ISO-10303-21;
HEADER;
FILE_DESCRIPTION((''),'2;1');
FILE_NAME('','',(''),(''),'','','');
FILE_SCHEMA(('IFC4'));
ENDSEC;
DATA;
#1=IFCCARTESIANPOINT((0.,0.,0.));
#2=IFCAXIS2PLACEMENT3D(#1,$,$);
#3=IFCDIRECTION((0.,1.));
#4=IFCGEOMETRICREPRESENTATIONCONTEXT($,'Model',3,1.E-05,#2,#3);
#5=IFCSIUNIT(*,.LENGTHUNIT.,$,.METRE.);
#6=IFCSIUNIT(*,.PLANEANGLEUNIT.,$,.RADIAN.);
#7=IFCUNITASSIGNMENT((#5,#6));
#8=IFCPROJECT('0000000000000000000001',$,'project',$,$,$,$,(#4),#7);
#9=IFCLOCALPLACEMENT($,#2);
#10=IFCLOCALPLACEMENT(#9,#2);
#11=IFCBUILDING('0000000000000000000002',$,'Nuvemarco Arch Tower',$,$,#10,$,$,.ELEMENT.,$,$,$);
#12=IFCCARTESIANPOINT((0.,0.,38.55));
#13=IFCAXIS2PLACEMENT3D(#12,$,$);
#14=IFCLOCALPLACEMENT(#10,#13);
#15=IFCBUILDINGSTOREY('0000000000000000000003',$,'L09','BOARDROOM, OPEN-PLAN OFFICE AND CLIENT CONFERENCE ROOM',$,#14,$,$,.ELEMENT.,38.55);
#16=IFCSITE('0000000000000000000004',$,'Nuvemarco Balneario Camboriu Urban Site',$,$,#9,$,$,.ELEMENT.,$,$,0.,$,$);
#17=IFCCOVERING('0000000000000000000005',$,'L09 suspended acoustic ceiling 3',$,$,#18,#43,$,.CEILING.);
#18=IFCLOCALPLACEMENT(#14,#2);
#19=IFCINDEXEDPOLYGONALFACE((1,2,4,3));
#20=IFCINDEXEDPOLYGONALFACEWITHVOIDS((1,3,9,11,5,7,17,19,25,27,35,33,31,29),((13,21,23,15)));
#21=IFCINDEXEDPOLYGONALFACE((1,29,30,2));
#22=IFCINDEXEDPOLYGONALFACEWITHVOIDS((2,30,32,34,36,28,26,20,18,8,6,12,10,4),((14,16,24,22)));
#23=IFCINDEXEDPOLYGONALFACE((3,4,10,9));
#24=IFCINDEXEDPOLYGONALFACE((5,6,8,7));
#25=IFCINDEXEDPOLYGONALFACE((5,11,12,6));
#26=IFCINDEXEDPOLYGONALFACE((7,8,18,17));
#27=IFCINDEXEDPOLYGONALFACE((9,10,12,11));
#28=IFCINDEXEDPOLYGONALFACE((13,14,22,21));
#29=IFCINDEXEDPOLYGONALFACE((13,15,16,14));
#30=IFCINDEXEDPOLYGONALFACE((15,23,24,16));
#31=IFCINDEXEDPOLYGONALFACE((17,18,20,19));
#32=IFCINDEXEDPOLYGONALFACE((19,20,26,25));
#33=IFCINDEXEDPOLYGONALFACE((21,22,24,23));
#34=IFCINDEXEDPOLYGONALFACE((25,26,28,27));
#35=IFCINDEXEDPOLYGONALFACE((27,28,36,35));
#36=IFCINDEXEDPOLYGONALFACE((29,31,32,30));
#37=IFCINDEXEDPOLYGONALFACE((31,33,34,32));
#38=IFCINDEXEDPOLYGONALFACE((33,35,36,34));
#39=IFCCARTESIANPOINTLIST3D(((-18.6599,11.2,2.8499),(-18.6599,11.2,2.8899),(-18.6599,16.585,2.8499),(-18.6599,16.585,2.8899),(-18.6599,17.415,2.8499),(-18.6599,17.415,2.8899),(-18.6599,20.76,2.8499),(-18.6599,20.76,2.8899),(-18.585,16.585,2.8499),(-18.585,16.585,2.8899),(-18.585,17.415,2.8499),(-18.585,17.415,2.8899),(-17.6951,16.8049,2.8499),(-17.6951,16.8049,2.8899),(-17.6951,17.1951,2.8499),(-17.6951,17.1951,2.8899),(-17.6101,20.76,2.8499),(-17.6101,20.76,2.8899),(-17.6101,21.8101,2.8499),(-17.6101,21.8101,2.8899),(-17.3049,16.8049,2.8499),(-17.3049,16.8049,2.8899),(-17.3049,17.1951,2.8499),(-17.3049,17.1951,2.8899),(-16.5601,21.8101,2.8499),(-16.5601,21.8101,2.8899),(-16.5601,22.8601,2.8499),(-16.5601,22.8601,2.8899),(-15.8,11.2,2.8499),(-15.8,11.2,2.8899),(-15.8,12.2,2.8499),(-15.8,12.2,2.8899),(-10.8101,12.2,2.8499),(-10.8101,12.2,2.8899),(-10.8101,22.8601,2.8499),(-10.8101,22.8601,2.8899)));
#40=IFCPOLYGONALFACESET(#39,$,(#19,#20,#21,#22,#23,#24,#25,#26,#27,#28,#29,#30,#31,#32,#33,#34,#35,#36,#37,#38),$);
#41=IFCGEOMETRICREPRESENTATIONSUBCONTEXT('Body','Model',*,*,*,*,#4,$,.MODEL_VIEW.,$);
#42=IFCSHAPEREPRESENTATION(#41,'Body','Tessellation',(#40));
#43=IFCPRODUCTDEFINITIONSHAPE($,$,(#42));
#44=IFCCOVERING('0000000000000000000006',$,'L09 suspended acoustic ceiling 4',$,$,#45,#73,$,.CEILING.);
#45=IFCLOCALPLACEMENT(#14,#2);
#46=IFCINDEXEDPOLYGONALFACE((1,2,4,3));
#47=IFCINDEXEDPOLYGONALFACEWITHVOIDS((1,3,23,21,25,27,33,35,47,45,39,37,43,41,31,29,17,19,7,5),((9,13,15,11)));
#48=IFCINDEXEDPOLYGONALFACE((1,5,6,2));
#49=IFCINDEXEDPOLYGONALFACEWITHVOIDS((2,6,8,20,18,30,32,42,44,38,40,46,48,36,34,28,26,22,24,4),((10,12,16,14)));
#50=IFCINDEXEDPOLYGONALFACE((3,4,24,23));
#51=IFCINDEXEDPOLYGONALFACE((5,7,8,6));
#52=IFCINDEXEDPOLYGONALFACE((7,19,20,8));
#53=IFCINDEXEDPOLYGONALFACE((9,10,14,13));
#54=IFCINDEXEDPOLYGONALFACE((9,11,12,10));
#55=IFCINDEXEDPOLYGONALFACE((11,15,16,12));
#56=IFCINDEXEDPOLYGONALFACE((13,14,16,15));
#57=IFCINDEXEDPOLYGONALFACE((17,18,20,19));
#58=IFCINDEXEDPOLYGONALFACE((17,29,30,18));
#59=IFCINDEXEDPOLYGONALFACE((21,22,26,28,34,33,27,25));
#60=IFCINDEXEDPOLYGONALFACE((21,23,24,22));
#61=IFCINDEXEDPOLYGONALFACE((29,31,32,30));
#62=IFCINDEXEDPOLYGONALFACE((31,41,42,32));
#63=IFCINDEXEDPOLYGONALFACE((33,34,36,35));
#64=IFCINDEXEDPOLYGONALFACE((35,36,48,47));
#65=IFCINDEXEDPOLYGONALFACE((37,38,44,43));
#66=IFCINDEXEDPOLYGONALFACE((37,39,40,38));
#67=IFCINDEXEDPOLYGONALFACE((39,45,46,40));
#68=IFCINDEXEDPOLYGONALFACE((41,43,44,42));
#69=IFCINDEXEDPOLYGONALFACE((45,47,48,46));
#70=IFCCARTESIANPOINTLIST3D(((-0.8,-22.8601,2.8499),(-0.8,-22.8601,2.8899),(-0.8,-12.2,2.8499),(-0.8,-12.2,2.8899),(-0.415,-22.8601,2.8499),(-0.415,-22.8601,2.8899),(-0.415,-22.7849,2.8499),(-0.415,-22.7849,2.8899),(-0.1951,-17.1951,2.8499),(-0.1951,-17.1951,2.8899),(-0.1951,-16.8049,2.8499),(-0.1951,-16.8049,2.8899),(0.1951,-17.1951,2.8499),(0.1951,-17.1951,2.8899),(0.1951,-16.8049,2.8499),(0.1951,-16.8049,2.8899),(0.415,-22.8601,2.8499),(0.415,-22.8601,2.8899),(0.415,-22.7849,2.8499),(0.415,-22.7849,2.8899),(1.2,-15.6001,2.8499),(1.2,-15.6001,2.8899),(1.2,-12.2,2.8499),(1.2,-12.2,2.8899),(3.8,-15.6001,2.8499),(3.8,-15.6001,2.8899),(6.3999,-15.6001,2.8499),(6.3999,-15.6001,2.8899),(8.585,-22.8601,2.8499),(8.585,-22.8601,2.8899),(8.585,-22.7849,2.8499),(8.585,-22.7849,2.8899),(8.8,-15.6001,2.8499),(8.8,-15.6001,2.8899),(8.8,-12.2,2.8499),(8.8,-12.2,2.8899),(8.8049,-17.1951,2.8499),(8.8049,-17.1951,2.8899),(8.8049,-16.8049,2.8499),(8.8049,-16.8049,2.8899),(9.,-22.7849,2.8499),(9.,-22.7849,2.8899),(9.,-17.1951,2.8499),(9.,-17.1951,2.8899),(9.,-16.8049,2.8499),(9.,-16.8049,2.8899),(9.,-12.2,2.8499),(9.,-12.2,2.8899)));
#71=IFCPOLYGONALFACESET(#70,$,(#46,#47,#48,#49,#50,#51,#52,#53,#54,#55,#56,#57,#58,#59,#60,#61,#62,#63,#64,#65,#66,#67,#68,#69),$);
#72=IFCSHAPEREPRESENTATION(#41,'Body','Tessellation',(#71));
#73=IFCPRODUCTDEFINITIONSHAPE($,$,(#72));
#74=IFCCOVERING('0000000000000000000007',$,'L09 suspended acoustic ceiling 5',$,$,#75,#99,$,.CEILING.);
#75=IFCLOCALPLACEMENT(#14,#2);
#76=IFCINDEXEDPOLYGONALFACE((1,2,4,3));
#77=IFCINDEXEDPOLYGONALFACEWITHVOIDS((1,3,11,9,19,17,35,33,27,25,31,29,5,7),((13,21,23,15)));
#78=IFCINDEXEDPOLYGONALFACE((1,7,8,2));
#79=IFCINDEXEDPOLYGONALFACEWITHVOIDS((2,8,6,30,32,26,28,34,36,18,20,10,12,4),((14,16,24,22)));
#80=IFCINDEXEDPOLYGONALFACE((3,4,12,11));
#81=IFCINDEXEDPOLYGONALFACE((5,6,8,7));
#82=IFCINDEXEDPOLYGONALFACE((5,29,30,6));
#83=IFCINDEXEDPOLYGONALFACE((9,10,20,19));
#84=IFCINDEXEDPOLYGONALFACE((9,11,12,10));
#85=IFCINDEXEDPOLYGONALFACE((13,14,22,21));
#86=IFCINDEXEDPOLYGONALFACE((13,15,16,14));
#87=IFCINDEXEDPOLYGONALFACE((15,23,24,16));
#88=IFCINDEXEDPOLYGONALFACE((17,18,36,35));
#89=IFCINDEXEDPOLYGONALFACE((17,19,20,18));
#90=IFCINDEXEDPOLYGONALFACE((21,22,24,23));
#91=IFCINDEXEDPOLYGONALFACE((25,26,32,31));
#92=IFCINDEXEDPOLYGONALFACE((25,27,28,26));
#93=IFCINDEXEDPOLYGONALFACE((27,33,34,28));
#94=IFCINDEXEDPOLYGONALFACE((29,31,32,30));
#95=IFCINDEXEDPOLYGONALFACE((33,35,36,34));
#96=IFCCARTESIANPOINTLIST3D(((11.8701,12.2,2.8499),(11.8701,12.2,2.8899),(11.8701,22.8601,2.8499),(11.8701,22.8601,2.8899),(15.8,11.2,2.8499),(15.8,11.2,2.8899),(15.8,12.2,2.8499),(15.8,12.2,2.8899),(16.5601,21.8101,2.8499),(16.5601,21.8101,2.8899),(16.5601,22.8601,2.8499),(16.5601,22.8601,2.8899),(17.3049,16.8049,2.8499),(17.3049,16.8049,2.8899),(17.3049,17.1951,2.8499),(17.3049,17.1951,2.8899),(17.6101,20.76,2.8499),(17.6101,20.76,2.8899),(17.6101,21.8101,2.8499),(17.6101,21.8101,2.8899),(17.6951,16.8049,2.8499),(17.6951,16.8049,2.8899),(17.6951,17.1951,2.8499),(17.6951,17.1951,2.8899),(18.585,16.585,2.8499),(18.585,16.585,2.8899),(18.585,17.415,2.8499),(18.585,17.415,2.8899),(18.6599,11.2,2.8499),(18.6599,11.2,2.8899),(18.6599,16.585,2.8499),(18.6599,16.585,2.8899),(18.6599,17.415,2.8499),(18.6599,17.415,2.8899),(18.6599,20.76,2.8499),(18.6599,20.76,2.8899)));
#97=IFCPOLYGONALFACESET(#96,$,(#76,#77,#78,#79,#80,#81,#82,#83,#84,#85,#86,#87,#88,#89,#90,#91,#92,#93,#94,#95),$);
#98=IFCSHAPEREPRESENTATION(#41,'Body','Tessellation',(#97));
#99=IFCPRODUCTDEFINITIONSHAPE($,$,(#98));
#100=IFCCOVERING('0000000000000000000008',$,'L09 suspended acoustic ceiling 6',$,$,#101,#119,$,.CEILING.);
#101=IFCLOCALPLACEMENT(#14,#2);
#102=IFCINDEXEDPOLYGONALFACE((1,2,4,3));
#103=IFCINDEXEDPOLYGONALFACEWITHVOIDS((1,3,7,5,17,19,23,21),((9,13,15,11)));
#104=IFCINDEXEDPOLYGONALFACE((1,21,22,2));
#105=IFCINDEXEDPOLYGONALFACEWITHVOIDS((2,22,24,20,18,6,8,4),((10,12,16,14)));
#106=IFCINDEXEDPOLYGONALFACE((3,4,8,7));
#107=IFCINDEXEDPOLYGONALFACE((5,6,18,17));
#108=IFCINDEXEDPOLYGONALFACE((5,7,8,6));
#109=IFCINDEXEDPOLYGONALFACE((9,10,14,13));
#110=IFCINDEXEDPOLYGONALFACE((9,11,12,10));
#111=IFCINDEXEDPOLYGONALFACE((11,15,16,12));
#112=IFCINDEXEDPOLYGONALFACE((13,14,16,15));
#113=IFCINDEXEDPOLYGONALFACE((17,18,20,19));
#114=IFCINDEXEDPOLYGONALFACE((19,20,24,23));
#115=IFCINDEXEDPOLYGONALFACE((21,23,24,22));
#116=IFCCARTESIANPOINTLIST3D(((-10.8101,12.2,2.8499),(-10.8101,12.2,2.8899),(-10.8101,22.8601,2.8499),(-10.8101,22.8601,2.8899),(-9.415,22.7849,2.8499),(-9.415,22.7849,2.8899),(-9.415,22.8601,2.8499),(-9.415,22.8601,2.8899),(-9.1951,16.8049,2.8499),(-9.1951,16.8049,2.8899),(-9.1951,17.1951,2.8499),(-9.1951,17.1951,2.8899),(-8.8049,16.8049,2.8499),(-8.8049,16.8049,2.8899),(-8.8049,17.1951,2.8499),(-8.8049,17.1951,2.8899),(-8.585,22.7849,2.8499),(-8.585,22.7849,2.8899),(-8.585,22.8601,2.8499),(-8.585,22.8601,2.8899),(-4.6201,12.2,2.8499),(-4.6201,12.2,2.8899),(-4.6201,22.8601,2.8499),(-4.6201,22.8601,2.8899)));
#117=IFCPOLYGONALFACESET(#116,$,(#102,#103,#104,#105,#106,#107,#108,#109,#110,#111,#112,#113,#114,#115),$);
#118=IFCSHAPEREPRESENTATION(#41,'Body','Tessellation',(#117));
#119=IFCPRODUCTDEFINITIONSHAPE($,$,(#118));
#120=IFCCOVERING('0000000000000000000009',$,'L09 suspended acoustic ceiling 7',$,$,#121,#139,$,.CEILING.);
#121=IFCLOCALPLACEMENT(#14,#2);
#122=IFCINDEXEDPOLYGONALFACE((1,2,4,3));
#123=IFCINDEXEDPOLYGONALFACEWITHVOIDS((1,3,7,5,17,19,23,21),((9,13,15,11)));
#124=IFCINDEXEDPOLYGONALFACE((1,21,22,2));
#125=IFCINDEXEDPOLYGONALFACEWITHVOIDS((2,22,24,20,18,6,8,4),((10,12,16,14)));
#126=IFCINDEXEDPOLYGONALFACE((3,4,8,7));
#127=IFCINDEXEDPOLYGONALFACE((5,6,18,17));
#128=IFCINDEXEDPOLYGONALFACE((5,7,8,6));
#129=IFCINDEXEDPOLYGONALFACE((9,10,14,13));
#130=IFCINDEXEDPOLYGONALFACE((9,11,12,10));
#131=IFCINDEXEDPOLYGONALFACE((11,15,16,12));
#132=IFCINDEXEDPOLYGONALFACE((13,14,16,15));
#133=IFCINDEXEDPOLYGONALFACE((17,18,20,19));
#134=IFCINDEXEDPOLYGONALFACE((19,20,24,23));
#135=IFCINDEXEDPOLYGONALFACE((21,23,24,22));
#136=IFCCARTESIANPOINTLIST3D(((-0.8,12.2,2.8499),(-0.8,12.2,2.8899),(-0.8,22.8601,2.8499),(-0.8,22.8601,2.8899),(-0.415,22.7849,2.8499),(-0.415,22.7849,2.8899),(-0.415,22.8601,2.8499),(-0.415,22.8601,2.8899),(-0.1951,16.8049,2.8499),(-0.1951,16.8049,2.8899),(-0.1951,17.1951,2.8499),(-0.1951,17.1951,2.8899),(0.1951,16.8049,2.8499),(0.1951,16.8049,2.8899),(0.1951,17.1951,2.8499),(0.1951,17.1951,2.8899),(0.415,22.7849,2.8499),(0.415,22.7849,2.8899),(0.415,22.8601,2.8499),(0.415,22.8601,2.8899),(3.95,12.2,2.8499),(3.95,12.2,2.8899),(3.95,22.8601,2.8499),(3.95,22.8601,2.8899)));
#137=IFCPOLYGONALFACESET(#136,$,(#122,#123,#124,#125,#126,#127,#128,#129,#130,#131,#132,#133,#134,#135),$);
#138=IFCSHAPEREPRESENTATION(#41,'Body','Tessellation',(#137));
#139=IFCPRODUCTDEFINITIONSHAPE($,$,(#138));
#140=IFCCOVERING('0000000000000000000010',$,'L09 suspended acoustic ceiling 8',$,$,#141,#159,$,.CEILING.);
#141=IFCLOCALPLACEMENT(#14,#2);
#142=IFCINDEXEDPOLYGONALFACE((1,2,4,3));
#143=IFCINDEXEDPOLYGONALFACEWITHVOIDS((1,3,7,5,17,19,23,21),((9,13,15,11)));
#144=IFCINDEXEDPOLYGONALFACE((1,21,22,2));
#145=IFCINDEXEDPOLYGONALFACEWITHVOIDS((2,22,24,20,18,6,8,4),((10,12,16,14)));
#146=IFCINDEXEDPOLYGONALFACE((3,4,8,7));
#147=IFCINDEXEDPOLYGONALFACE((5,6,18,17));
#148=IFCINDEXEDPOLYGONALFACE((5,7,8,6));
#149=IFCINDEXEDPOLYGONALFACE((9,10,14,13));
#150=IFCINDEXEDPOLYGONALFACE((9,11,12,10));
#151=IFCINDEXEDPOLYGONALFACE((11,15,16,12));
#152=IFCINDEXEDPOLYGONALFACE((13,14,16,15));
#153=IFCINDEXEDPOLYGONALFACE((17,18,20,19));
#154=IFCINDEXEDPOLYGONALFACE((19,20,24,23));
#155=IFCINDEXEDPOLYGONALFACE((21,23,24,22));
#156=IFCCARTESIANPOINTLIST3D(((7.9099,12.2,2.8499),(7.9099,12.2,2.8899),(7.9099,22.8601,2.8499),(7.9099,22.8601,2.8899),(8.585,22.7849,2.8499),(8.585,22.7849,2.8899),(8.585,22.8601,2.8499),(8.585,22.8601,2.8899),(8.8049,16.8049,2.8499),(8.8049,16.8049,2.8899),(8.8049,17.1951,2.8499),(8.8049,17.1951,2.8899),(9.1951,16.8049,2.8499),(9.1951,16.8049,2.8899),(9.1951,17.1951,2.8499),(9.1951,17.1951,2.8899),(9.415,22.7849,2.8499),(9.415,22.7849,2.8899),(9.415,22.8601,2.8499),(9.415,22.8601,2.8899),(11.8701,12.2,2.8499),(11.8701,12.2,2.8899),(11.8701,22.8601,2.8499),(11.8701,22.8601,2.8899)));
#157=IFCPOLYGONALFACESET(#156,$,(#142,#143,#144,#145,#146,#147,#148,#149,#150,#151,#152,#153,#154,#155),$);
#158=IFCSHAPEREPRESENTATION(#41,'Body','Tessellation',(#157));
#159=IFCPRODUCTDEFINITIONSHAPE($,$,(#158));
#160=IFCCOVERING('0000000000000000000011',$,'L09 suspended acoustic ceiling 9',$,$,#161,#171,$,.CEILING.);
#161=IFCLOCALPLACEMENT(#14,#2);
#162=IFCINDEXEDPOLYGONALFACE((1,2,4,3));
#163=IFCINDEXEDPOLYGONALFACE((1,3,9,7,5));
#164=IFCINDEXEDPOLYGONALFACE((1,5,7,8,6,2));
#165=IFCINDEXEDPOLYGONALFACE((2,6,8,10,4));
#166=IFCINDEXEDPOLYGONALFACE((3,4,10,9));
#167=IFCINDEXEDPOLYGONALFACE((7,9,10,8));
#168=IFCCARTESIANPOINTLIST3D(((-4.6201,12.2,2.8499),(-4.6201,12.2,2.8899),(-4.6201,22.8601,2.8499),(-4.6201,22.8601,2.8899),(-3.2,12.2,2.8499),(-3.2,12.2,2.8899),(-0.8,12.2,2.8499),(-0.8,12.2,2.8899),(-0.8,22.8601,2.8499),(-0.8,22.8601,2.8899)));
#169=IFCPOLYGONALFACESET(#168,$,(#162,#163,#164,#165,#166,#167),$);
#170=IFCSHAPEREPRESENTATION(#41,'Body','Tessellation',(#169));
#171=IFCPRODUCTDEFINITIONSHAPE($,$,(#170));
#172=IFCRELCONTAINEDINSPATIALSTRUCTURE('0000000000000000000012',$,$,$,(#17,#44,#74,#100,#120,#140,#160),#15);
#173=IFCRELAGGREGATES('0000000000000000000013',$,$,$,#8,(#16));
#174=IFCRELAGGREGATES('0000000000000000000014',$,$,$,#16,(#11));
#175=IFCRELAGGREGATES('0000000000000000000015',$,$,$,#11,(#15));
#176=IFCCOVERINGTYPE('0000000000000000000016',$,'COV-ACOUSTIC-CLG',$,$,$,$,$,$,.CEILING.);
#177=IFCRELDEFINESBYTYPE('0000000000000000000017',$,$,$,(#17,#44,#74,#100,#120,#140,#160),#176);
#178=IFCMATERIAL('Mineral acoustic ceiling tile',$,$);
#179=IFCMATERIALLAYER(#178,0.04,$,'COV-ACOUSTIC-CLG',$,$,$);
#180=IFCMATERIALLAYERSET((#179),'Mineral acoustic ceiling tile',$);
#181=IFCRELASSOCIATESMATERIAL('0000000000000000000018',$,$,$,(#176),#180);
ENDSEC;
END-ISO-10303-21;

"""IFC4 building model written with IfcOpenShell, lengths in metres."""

from ifc_helpers import new_model, si_unit, direction, frame, origin, place, context, subcontext, project, spatial, polyline, outline, extrude, material, layer, layer_set, type_object, element, save


model = new_model("IFC4")

# Units and contexts
model_context = context("Model", 3, precision=1e-05, world=origin(), true_north=direction((0.0, 1.0)))
body_context = subcontext(model_context, "Body", "Model", "MODEL_VIEW")
ifc_project = project(units=[si_unit("LENGTHUNIT", "METRE"), si_unit("PLANEANGLEUNIT", "RADIAN")], contexts=[model_context])

# Site, building, storey
site_placement = place(None, origin())
site = spatial("IfcSite", under=ifc_project, at=site_placement, Name="Nuvemarco Balneario Camboriu Urban Site", CompositionType="ELEMENT", RefElevation=0.0)
building_placement = place(site_placement, origin())
building = spatial("IfcBuilding", under=site, at=building_placement, Name="Nuvemarco Arch Tower", CompositionType="ELEMENT")
storey_placement = place(building_placement, frame((0.0, 0.0, 38.55)))
storey = spatial("IfcBuildingStorey", under=building, at=storey_placement, Name="L09", Description="BOARDROOM, OPEN-PLAN OFFICE AND CLIENT CONFERENCE ROOM", CompositionType="ELEMENT", Elevation=38.55)

# Coverings
ifc_material_1 = material(Name="Mineral acoustic ceiling tile")
ifc_layer_1 = layer(ifc_material_1, 0.04, Name="COV-ACOUSTIC-CLG")
ifc_layer_set_1 = layer_set([ifc_layer_1], Name="Mineral acoustic ceiling tile")
covering_type_1 = type_object("IfcCoveringType", Name="COV-ACOUSTIC-CLG", PredefinedType="CEILING", material=ifc_layer_set_1)
covering_1_placement = place(storey_placement, frame((0.0, 0.0, 2.8499)))
element("IfcCovering", 1, at=covering_1_placement, inside=storey, type_object=covering_type_1, Name="L09 suspended acoustic ceiling 3", PredefinedType="CEILING", context=body_context, shape_type="SweptSolid", body=[
    extrude(outline(polyline([(-18.585, 16.585), (-18.585, 17.415), (-18.6599, 17.415), (-18.6599, 20.76), (-17.6101, 20.76), (-17.6101, 21.8101), (-16.5601, 21.8101), (-16.5601, 22.8601), (-10.8101, 22.8601), (-10.8101, 12.2), (-15.8, 12.2), (-15.8, 11.2), (-18.6599, 11.2), (-18.6599, 16.585), (-18.585, 16.585)]), holes=[polyline([(-17.3049, 16.8049), (-17.3049, 17.1951), (-17.6951, 17.1951), (-17.6951, 16.8049), (-17.3049, 16.8049)])]), origin(), (0.0, 0.0, 1.0), 0.04),
])
covering_2_placement = place(storey_placement, frame((0.0, 0.0, 2.8499)))
element("IfcCovering", 2, at=covering_2_placement, inside=storey, type_object=covering_type_1, Name="L09 suspended acoustic ceiling 4", PredefinedType="CEILING", context=body_context, shape_type="SweptSolid", body=[
    extrude(outline(polyline([(3.8, -15.6001), (6.3999, -15.6001), (8.8, -15.6001), (8.8, -12.2), (9.0, -12.2), (9.0, -16.8049), (8.8049, -16.8049), (8.8049, -17.1951), (9.0, -17.1951), (9.0, -22.7849), (8.585, -22.7849), (8.585, -22.8601), (0.415, -22.8601), (0.415, -22.7849), (-0.415, -22.7849), (-0.415, -22.8601), (-0.8, -22.8601), (-0.8, -12.2), (1.2, -12.2), (1.2, -15.6001), (3.8, -15.6001)]), holes=[polyline([(0.1951, -17.1951), (0.1951, -16.8049), (-0.1951, -16.8049), (-0.1951, -17.1951), (0.1951, -17.1951)])]), origin(), (0.0, 0.0, 1.0), 0.04),
])
covering_3_placement = place(storey_placement, frame((0.0, 0.0, 2.8499)))
element("IfcCovering", 3, at=covering_3_placement, inside=storey, type_object=covering_type_1, Name="L09 suspended acoustic ceiling 5", PredefinedType="CEILING", context=body_context, shape_type="SweptSolid", body=[
    extrude(outline(polyline([(18.6599, 20.76), (18.6599, 17.415), (18.585, 17.415), (18.585, 16.585), (18.6599, 16.585), (18.6599, 11.2), (15.8, 11.2), (15.8, 12.2), (11.8701, 12.2), (11.8701, 22.8601), (16.5601, 22.8601), (16.5601, 21.8101), (17.6101, 21.8101), (17.6101, 20.76), (18.6599, 20.76)]), holes=[polyline([(17.6951, 16.8049), (17.6951, 17.1951), (17.3049, 17.1951), (17.3049, 16.8049), (17.6951, 16.8049)])]), origin(), (0.0, 0.0, 1.0), 0.04),
])
covering_4_placement = place(storey_placement, frame((0.0, 0.0, 2.8499)))
element("IfcCovering", 4, at=covering_4_placement, inside=storey, type_object=covering_type_1, Name="L09 suspended acoustic ceiling 6", PredefinedType="CEILING", context=body_context, shape_type="SweptSolid", body=[
    extrude(outline(polyline([(-4.6201, 12.2), (-10.8101, 12.2), (-10.8101, 22.8601), (-9.415, 22.8601), (-9.415, 22.7849), (-8.585, 22.7849), (-8.585, 22.8601), (-4.6201, 22.8601), (-4.6201, 12.2)]), holes=[polyline([(-8.8049, 16.8049), (-8.8049, 17.1951), (-9.1951, 17.1951), (-9.1951, 16.8049), (-8.8049, 16.8049)])]), origin(), (0.0, 0.0, 1.0), 0.04),
])
covering_5_placement = place(storey_placement, frame((0.0, 0.0, 2.8499)))
element("IfcCovering", 5, at=covering_5_placement, inside=storey, type_object=covering_type_1, Name="L09 suspended acoustic ceiling 7", PredefinedType="CEILING", context=body_context, shape_type="SweptSolid", body=[
    extrude(outline(polyline([(3.95, 12.2), (-0.8, 12.2), (-0.8, 22.8601), (-0.415, 22.8601), (-0.415, 22.7849), (0.415, 22.7849), (0.415, 22.8601), (3.95, 22.8601), (3.95, 12.2)]), holes=[polyline([(0.1951, 16.8049), (0.1951, 17.1951), (-0.1951, 17.1951), (-0.1951, 16.8049), (0.1951, 16.8049)])]), origin(), (0.0, 0.0, 1.0), 0.04),
])
covering_6_placement = place(storey_placement, frame((0.0, 0.0, 2.8499)))
element("IfcCovering", 6, at=covering_6_placement, inside=storey, type_object=covering_type_1, Name="L09 suspended acoustic ceiling 8", PredefinedType="CEILING", context=body_context, shape_type="SweptSolid", body=[
    extrude(outline(polyline([(11.8701, 12.2), (7.9099, 12.2), (7.9099, 22.8601), (8.585, 22.8601), (8.585, 22.7849), (9.415, 22.7849), (9.415, 22.8601), (11.8701, 22.8601), (11.8701, 12.2)]), holes=[polyline([(9.1951, 17.1951), (8.8049, 17.1951), (8.8049, 16.8049), (9.1951, 16.8049), (9.1951, 17.1951)])]), origin(), (0.0, 0.0, 1.0), 0.04),
])
covering_7_placement = place(storey_placement, frame((0.0, 0.0, 2.8499)))
element("IfcCovering", 7, at=covering_7_placement, inside=storey, type_object=covering_type_1, Name="L09 suspended acoustic ceiling 9", PredefinedType="CEILING", context=body_context, shape_type="SweptSolid", body=[
    extrude(outline(polyline([(-0.8, 12.2), (-3.2, 12.2), (-4.6201, 12.2), (-4.6201, 22.8601), (-0.8, 22.8601), (-0.8, 12.2)])), origin(), (0.0, 0.0, 1.0), 0.04),
])

save(model, "model.ifc")
